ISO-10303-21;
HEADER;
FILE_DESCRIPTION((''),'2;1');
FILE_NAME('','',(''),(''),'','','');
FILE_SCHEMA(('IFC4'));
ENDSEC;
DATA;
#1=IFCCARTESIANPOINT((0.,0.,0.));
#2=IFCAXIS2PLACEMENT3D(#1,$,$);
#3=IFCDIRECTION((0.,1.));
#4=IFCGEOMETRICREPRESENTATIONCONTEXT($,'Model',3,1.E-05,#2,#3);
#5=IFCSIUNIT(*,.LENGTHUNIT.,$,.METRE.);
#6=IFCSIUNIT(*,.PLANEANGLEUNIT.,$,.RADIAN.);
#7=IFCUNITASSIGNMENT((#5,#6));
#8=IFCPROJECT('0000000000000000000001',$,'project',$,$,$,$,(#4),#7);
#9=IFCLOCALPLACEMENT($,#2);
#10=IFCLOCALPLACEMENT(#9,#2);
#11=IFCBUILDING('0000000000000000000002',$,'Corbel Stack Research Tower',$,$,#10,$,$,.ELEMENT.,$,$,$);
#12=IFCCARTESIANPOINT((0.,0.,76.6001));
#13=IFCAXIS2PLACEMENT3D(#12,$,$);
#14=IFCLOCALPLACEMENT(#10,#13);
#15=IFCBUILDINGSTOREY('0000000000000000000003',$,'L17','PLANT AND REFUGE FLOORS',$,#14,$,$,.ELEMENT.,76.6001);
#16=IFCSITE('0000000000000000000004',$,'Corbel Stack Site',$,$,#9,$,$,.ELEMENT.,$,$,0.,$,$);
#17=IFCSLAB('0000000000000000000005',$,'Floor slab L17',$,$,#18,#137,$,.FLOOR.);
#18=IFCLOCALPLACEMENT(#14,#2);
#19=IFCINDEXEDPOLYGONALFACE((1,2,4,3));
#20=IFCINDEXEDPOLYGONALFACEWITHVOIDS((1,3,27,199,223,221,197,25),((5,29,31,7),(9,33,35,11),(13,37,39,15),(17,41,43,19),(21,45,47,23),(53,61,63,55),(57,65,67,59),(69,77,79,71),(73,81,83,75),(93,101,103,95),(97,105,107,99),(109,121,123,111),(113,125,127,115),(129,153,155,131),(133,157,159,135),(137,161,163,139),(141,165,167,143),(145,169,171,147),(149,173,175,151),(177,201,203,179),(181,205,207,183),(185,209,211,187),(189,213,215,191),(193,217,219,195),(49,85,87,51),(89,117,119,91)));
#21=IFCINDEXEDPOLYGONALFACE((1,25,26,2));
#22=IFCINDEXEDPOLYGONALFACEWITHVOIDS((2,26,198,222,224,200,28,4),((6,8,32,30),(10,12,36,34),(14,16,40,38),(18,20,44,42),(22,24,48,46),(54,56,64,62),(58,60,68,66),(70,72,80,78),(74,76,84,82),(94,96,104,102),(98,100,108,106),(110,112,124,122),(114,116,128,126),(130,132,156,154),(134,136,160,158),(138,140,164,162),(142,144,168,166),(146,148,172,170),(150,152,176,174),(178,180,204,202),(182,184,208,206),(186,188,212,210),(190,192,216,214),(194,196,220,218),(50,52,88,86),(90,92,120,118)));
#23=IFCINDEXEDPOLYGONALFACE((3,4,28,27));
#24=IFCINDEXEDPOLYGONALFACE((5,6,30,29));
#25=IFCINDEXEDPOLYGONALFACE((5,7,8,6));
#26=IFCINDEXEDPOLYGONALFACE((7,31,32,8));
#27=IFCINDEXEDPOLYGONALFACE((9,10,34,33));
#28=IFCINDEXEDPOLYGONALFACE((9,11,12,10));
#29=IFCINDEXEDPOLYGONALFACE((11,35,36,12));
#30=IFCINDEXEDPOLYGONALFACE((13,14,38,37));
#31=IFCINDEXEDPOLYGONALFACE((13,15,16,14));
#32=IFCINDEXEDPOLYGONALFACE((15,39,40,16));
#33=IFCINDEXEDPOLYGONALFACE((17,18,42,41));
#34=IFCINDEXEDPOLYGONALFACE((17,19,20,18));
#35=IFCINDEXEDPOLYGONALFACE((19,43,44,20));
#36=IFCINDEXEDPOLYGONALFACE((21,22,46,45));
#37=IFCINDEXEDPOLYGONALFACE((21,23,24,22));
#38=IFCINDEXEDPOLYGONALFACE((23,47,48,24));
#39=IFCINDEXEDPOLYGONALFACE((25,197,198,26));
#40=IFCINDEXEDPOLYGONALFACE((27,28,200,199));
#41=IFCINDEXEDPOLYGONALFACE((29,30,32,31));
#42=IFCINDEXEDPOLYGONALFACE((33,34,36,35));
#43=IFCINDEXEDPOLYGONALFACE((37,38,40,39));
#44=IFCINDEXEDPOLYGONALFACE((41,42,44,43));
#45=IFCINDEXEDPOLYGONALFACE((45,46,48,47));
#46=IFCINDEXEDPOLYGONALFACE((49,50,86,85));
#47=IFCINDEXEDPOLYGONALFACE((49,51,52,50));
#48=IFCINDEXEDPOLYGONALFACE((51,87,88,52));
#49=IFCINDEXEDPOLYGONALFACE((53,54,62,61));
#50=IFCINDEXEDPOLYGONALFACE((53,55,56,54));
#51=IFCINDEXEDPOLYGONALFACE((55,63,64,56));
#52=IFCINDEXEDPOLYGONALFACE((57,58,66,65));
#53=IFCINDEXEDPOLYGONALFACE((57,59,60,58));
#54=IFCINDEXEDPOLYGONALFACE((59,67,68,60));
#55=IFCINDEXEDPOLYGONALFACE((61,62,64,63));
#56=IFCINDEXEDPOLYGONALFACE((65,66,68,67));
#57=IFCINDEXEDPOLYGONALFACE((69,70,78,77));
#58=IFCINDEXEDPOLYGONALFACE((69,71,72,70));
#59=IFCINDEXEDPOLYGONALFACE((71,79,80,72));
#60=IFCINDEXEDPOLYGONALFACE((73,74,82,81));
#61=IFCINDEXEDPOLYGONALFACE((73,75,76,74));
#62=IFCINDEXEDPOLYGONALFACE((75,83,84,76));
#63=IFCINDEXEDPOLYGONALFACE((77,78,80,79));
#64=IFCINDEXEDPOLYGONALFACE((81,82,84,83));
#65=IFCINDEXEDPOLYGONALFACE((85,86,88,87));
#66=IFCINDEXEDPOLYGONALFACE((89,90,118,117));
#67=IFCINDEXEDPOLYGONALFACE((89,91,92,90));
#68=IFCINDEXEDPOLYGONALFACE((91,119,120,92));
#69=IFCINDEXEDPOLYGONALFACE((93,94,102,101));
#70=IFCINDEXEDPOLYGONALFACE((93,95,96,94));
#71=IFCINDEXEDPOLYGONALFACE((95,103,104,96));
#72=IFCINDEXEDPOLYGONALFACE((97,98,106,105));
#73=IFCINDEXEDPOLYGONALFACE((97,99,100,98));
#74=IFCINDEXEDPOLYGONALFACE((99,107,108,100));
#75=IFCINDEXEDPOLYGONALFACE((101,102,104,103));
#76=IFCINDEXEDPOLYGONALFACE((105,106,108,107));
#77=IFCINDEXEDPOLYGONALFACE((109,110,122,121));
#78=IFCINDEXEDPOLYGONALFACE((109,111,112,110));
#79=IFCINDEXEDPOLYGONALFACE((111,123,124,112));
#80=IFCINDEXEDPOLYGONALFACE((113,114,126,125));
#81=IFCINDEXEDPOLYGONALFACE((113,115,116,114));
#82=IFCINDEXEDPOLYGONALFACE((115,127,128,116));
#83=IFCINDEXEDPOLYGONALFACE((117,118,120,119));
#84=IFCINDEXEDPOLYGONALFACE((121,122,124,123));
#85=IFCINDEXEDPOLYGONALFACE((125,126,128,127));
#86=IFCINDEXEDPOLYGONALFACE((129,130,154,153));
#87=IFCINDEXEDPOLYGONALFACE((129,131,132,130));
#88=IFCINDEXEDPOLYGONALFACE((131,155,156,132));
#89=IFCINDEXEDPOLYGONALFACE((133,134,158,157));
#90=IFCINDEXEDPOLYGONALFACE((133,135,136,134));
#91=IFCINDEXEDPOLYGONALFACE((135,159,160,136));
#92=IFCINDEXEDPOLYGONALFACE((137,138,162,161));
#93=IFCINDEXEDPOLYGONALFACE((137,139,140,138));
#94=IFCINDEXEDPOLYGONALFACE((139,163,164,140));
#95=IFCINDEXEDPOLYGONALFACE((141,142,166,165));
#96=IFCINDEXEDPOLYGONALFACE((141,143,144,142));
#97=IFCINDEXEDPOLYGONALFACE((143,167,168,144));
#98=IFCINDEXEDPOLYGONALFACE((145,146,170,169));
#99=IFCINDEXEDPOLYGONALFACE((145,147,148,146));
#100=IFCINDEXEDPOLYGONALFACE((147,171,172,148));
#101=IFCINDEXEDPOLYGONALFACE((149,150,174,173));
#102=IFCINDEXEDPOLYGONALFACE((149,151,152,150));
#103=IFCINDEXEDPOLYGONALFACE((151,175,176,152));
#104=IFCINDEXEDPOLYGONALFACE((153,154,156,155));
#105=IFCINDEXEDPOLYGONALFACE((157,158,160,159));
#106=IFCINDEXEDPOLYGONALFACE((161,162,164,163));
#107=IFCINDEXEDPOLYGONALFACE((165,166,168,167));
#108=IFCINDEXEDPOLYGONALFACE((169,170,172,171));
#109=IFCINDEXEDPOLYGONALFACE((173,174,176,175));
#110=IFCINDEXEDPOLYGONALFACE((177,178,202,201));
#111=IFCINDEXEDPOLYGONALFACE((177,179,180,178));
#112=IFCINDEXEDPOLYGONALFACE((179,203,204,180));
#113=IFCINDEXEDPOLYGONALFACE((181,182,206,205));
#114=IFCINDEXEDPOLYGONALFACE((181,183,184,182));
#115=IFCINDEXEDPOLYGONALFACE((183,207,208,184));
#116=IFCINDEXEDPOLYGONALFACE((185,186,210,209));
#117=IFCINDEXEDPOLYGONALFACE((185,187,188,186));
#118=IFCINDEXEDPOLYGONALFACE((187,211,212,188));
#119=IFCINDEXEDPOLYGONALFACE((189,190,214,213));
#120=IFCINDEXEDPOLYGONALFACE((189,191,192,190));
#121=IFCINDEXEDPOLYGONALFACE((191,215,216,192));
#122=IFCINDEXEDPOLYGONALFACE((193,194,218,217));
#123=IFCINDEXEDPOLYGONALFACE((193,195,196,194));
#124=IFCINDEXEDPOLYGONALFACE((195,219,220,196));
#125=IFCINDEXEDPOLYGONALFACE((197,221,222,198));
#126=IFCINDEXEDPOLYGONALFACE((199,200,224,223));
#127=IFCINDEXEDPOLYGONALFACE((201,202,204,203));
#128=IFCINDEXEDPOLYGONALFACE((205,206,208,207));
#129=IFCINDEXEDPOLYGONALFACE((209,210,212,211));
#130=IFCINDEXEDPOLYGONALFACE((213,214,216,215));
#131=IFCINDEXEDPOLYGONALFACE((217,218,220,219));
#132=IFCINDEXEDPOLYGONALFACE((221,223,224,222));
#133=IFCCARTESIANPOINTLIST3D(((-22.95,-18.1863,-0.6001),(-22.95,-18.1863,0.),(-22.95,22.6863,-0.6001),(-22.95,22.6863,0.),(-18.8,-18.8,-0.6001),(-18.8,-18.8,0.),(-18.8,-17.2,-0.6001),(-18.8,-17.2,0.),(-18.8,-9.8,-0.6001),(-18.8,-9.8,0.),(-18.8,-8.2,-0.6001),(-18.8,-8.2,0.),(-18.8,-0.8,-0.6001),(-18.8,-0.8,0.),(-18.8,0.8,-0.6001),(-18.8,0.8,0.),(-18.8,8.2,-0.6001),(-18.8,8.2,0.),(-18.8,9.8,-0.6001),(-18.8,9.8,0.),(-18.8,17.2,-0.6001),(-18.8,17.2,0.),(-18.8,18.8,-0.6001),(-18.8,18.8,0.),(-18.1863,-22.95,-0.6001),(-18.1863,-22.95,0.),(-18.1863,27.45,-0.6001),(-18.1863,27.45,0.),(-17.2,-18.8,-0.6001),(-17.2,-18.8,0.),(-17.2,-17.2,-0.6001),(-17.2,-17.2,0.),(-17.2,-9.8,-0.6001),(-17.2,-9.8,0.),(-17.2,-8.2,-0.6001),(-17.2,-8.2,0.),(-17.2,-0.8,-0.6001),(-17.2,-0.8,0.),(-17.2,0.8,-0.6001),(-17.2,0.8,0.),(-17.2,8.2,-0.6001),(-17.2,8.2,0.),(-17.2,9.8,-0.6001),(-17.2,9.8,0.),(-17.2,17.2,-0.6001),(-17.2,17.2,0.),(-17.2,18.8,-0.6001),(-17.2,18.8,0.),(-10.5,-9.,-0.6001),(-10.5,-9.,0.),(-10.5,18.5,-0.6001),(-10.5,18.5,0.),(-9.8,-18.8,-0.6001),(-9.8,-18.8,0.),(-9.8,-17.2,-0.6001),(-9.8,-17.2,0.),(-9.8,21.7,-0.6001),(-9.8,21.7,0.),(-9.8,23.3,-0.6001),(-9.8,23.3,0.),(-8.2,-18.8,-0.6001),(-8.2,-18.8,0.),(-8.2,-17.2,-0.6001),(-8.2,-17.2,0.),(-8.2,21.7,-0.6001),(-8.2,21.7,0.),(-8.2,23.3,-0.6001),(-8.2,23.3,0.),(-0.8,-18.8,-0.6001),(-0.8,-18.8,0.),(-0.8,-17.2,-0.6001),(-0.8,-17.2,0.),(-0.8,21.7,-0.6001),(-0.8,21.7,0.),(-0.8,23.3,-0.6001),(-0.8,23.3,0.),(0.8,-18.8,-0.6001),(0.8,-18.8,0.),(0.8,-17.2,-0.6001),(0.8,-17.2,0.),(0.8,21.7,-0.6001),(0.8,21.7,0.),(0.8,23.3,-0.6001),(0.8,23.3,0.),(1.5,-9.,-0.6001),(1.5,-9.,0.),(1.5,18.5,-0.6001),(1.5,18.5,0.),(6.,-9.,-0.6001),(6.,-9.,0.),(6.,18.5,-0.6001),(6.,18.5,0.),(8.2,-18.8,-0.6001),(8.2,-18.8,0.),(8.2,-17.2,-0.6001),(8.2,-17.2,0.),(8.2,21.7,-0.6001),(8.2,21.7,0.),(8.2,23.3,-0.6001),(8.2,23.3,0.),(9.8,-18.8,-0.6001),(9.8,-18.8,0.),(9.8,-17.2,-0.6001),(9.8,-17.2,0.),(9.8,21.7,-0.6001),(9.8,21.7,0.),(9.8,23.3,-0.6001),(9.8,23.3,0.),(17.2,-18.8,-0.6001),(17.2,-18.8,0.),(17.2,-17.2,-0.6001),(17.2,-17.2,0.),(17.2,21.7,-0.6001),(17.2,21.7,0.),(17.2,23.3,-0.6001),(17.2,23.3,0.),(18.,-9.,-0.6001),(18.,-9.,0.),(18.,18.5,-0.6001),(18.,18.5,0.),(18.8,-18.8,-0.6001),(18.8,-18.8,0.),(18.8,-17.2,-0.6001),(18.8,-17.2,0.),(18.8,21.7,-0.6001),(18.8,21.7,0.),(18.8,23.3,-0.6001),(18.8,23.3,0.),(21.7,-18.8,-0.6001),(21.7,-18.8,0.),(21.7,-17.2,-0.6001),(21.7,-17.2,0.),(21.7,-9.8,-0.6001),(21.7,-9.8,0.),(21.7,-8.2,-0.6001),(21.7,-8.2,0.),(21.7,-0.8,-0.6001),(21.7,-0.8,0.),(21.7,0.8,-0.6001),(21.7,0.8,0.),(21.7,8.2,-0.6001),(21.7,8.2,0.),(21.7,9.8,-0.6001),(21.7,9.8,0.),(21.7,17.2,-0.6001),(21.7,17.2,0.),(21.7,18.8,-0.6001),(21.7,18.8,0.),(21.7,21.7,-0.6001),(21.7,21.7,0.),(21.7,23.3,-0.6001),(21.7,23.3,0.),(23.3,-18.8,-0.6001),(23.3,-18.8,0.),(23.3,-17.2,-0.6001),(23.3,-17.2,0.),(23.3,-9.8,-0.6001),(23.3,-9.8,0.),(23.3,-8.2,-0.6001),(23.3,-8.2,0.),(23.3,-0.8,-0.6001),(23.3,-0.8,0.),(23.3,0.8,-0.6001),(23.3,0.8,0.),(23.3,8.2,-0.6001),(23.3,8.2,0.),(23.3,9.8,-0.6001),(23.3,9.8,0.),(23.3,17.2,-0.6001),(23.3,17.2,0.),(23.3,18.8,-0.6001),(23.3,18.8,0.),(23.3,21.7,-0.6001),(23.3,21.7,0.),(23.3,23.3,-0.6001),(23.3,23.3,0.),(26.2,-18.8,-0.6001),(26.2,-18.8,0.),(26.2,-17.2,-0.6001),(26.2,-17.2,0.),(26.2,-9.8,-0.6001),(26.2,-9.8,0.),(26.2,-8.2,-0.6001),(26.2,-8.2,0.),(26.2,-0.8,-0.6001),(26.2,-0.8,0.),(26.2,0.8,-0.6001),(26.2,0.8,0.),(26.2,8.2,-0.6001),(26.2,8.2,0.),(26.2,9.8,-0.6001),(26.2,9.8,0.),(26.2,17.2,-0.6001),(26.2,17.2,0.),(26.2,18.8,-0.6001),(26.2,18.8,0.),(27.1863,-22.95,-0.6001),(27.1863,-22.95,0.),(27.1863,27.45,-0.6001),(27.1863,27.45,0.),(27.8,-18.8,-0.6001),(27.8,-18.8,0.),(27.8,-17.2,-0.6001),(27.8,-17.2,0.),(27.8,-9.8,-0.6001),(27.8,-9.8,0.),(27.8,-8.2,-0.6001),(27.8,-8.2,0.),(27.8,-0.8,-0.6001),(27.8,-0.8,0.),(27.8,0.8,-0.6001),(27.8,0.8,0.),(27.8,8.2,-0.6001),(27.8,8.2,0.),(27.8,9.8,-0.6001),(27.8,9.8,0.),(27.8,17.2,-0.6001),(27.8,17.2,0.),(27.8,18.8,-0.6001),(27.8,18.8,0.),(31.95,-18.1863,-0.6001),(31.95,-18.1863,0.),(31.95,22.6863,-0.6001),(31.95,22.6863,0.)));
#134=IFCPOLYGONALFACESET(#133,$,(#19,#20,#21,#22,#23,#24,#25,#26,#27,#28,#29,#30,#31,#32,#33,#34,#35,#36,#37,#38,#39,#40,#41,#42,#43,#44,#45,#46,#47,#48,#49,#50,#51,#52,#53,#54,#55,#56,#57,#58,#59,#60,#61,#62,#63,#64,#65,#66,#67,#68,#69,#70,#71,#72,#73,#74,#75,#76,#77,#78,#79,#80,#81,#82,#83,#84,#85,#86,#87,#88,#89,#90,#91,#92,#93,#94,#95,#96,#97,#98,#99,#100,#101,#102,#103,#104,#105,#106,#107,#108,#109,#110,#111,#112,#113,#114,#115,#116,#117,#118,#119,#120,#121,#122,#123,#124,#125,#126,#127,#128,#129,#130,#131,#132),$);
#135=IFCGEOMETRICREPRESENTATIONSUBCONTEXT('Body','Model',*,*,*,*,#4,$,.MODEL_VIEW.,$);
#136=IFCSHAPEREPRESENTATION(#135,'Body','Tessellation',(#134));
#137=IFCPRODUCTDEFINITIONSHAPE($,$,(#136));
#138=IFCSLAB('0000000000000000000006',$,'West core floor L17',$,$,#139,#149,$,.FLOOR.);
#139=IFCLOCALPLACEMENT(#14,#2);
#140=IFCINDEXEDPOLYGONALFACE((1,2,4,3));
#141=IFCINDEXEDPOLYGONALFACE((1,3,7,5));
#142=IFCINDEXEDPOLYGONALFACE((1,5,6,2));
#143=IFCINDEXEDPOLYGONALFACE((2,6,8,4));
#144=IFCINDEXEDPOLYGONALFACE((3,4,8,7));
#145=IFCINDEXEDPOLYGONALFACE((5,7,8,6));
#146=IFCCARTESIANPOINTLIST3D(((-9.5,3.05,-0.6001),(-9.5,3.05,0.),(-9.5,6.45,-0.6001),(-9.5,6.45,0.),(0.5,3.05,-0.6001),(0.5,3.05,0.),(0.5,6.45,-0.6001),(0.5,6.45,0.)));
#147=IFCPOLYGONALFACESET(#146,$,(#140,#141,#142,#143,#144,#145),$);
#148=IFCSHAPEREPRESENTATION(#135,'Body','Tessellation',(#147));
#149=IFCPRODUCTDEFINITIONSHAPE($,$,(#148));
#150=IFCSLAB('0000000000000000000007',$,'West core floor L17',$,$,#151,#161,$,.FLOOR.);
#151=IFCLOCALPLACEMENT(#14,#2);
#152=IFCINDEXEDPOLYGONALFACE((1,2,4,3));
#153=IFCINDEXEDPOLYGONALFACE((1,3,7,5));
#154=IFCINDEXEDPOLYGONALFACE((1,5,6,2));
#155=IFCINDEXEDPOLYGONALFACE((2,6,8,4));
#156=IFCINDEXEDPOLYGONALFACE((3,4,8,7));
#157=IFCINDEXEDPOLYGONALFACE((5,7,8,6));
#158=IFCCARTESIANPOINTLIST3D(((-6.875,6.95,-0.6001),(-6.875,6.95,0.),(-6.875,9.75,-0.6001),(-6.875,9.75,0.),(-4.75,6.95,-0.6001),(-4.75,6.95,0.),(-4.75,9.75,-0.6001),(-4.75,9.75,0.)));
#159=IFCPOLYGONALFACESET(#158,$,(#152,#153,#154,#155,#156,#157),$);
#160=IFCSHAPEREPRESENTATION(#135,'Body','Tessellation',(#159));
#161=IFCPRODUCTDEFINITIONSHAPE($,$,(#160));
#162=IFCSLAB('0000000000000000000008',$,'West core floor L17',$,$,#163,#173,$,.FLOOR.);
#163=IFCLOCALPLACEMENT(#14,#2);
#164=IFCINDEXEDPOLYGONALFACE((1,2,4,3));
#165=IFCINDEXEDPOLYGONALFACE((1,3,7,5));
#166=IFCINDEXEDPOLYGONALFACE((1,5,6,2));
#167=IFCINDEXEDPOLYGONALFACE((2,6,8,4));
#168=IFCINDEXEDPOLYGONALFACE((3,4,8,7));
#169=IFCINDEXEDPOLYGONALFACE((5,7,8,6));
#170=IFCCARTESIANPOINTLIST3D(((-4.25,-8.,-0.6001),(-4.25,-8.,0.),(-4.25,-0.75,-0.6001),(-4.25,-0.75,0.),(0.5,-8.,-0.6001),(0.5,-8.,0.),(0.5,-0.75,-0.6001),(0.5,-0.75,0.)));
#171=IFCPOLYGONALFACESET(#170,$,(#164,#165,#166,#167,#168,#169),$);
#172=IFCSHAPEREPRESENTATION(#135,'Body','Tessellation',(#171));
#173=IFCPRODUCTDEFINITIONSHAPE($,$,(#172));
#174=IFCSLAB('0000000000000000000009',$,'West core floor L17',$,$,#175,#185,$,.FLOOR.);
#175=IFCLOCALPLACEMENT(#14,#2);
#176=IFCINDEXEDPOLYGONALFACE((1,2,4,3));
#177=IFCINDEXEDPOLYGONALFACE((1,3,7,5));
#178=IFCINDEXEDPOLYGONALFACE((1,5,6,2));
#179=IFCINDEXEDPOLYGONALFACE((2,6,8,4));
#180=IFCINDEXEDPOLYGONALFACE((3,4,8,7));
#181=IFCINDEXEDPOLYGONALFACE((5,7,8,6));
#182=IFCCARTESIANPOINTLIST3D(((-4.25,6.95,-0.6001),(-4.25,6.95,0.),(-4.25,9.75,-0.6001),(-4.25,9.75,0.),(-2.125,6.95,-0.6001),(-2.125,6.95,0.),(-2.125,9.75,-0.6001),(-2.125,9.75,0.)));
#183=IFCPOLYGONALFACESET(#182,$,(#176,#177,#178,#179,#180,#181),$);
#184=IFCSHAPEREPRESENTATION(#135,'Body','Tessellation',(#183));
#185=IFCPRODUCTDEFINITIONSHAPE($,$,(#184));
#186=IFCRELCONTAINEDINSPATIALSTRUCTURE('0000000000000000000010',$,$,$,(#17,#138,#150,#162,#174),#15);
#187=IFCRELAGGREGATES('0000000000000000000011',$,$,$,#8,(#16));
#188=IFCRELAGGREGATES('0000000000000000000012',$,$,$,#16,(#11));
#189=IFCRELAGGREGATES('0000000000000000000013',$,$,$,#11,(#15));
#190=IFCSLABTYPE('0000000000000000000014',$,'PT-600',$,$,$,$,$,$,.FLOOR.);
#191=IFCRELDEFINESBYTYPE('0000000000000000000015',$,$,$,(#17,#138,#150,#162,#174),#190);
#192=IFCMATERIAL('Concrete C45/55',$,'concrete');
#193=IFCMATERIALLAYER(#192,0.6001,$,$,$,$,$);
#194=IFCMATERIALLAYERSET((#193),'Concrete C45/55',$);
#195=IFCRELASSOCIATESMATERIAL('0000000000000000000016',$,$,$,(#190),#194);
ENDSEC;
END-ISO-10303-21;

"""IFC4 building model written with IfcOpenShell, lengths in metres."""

from ifc_helpers import new_model, si_unit, direction, frame, origin, place, context, subcontext, project, spatial, polyline, outline, extrude, material, layer, layer_set, type_object, element, save


model = new_model("IFC4")

# Units and contexts
model_context = context("Model", 3, precision=1e-05, world=origin(), true_north=direction((0.0, 1.0)))
body_context = subcontext(model_context, "Body", "Model", "MODEL_VIEW")
ifc_project = project(units=[si_unit("LENGTHUNIT", "METRE"), si_unit("PLANEANGLEUNIT", "RADIAN")], contexts=[model_context])

# Site, building, storey
site_placement = place(None, origin())
site = spatial("IfcSite", under=ifc_project, at=site_placement, Name="Corbel Stack Site", CompositionType="ELEMENT", RefElevation=0.0)
building_placement = place(site_placement, origin())
building = spatial("IfcBuilding", under=site, at=building_placement, Name="Corbel Stack Research Tower", CompositionType="ELEMENT")
storey_placement = place(building_placement, frame((0.0, 0.0, 76.6001)))
storey = spatial("IfcBuildingStorey", under=building, at=storey_placement, Name="L17", Description="PLANT AND REFUGE FLOORS", CompositionType="ELEMENT", Elevation=76.6001)

# Slabs
ifc_material_1 = material(Name="Concrete C45/55", Category="concrete")
ifc_layer_1 = layer(ifc_material_1, 0.6001)
ifc_layer_set_1 = layer_set([ifc_layer_1], Name="Concrete C45/55")
slab_type_1 = type_object("IfcSlabType", Name="PT-600", PredefinedType="FLOOR", material=ifc_layer_set_1)
slab_1_placement = place(storey_placement, frame((0.0, 0.0, -0.6001)))
element("IfcSlab", 1, at=slab_1_placement, inside=storey, type_object=slab_type_1, Name="Floor slab L17", PredefinedType="FLOOR", context=body_context, shape_type="SweptSolid", body=[
    extrude(outline(polyline([(-18.1863, -22.95), (27.1863, -22.95), (31.95, -18.1863), (31.95, 22.6863), (27.1863, 27.45), (-18.1863, 27.45), (-22.95, 22.6863), (-22.95, -18.1863), (-18.1863, -22.95)]), holes=[polyline([(26.2, 17.2), (26.2, 18.8), (27.8, 18.8), (27.8, 17.2), (26.2, 17.2)]), polyline([(26.2, 8.2), (26.2, 9.8), (27.8, 9.8), (27.8, 8.2), (26.2, 8.2)]), polyline([(27.8, -0.8), (26.2, -0.8), (26.2, 0.8), (27.8, 0.8), (27.8, -0.8)]), polyline([(26.2, -9.8), (26.2, -8.2), (27.8, -8.2), (27.8, -9.8), (26.2, -9.8)]), polyline([(26.2, -18.8), (26.2, -17.2), (27.8, -17.2), (27.8, -18.8), (26.2, -18.8)]), polyline([(21.7, 21.7), (21.7, 23.3), (23.3, 23.3), (23.3, 21.7), (21.7, 21.7)]), polyline([(21.7, 17.2), (21.7, 18.8), (23.3, 18.8), (23.3, 17.2), (21.7, 17.2)]), polyline([(21.7, 8.2), (21.7, 9.8), (23.3, 9.8), (23.3, 8.2), (21.7, 8.2)]), polyline([(21.7, -0.8), (21.7, 0.8), (23.3, 0.8), (23.3, -0.8), (21.7, -0.8)]), polyline([(23.3, -9.8), (21.7, -9.8), (21.7, -8.2), (23.3, -8.2), (23.3, -9.8)]), polyline([(21.7, -18.8), (21.7, -17.2), (23.3, -17.2), (23.3, -18.8), (21.7, -18.8)]), polyline([(17.2, 21.7), (17.2, 23.3), (18.8, 23.3), (18.8, 21.7), (17.2, 21.7)]), polyline([(18.8, -18.8), (17.2, -18.8), (17.2, -17.2), (18.8, -17.2), (18.8, -18.8)]), polyline([(6.0, -9.0), (6.0, 18.5), (18.0, 18.5), (18.0, -9.0), (6.0, -9.0)]), polyline([(8.2, 21.7), (8.2, 23.3), (9.8, 23.3), (9.8, 21.7), (8.2, 21.7)]), polyline([(9.8, -18.8), (8.2, -18.8), (8.2, -17.2), (9.8, -17.2), (9.8, -18.8)]), polyline([(1.5, -9.0), (-10.5, -9.0), (-10.5, 18.5), (1.5, 18.5), (1.5, -9.0)]), polyline([(-0.8, 21.7), (-0.8, 23.3), (0.8, 23.3), (0.8, 21.7), (-0.8, 21.7)]), polyline([(-0.8, -18.8), (-0.8, -17.2), (0.8, -17.2), (0.8, -18.8), (-0.8, -18.8)]), polyline([(-9.8, 21.7), (-9.8, 23.3), (-8.2, 23.3), (-8.2, 21.7), (-9.8, 21.7)]), polyline([(-9.8, -18.8), (-9.8, -17.2), (-8.2, -17.2), (-8.2, -18.8), (-9.8, -18.8)]), polyline([(-18.8, 17.2), (-18.8, 18.8), (-17.2, 18.8), (-17.2, 17.2), (-18.8, 17.2)]), polyline([(-18.8, 8.2), (-18.8, 9.8), (-17.2, 9.8), (-17.2, 8.2), (-18.8, 8.2)]), polyline([(-18.8, -0.8), (-18.8, 0.8), (-17.2, 0.8), (-17.2, -0.8), (-18.8, -0.8)]), polyline([(-18.8, -9.8), (-18.8, -8.2), (-17.2, -8.2), (-17.2, -9.8), (-18.8, -9.8)]), polyline([(-17.2, -18.8), (-18.8, -18.8), (-18.8, -17.2), (-17.2, -17.2), (-17.2, -18.8)])]), origin(), (0.0, 0.0, 1.0), 0.6001),
])
slab_2_placement = place(storey_placement, frame((0.0, 0.0, -0.6001)))
element("IfcSlab", 2, at=slab_2_placement, inside=storey, type_object=slab_type_1, Name="West core floor L17", PredefinedType="FLOOR", context=body_context, shape_type="SweptSolid", body=[
    extrude(outline(polyline([(-9.5, 6.45), (-9.5, 3.05), (0.5, 3.05), (0.5, 6.45), (-9.5, 6.45)])), origin(), (0.0, 0.0, 1.0), 0.6001),
])
slab_3_placement = place(storey_placement, frame((0.0, 0.0, -0.6001)))
element("IfcSlab", 3, at=slab_3_placement, inside=storey, type_object=slab_type_1, Name="West core floor L17", PredefinedType="FLOOR", context=body_context, shape_type="SweptSolid", body=[
    extrude(outline(polyline([(-6.875, 6.95), (-4.75, 6.95), (-4.75, 9.75), (-6.875, 9.75), (-6.875, 6.95)])), origin(), (0.0, 0.0, 1.0), 0.6001),
])
slab_4_placement = place(storey_placement, frame((0.0, 0.0, -0.6001)))
element("IfcSlab", 4, at=slab_4_placement, inside=storey, type_object=slab_type_1, Name="West core floor L17", PredefinedType="FLOOR", context=body_context, shape_type="SweptSolid", body=[
    extrude(outline(polyline([(-4.25, -0.75), (-4.25, -8.0), (0.5, -8.0), (0.5, -0.75), (-4.25, -0.75)])), origin(), (0.0, 0.0, 1.0), 0.6001),
])
slab_5_placement = place(storey_placement, frame((0.0, 0.0, -0.6001)))
element("IfcSlab", 5, at=slab_5_placement, inside=storey, type_object=slab_type_1, Name="West core floor L17", PredefinedType="FLOOR", context=body_context, shape_type="SweptSolid", body=[
    extrude(outline(polyline([(-2.125, 6.95), (-2.125, 9.75), (-4.25, 9.75), (-4.25, 6.95), (-2.125, 6.95)])), origin(), (0.0, 0.0, 1.0), 0.6001),
])

save(model, "model.ifc")
